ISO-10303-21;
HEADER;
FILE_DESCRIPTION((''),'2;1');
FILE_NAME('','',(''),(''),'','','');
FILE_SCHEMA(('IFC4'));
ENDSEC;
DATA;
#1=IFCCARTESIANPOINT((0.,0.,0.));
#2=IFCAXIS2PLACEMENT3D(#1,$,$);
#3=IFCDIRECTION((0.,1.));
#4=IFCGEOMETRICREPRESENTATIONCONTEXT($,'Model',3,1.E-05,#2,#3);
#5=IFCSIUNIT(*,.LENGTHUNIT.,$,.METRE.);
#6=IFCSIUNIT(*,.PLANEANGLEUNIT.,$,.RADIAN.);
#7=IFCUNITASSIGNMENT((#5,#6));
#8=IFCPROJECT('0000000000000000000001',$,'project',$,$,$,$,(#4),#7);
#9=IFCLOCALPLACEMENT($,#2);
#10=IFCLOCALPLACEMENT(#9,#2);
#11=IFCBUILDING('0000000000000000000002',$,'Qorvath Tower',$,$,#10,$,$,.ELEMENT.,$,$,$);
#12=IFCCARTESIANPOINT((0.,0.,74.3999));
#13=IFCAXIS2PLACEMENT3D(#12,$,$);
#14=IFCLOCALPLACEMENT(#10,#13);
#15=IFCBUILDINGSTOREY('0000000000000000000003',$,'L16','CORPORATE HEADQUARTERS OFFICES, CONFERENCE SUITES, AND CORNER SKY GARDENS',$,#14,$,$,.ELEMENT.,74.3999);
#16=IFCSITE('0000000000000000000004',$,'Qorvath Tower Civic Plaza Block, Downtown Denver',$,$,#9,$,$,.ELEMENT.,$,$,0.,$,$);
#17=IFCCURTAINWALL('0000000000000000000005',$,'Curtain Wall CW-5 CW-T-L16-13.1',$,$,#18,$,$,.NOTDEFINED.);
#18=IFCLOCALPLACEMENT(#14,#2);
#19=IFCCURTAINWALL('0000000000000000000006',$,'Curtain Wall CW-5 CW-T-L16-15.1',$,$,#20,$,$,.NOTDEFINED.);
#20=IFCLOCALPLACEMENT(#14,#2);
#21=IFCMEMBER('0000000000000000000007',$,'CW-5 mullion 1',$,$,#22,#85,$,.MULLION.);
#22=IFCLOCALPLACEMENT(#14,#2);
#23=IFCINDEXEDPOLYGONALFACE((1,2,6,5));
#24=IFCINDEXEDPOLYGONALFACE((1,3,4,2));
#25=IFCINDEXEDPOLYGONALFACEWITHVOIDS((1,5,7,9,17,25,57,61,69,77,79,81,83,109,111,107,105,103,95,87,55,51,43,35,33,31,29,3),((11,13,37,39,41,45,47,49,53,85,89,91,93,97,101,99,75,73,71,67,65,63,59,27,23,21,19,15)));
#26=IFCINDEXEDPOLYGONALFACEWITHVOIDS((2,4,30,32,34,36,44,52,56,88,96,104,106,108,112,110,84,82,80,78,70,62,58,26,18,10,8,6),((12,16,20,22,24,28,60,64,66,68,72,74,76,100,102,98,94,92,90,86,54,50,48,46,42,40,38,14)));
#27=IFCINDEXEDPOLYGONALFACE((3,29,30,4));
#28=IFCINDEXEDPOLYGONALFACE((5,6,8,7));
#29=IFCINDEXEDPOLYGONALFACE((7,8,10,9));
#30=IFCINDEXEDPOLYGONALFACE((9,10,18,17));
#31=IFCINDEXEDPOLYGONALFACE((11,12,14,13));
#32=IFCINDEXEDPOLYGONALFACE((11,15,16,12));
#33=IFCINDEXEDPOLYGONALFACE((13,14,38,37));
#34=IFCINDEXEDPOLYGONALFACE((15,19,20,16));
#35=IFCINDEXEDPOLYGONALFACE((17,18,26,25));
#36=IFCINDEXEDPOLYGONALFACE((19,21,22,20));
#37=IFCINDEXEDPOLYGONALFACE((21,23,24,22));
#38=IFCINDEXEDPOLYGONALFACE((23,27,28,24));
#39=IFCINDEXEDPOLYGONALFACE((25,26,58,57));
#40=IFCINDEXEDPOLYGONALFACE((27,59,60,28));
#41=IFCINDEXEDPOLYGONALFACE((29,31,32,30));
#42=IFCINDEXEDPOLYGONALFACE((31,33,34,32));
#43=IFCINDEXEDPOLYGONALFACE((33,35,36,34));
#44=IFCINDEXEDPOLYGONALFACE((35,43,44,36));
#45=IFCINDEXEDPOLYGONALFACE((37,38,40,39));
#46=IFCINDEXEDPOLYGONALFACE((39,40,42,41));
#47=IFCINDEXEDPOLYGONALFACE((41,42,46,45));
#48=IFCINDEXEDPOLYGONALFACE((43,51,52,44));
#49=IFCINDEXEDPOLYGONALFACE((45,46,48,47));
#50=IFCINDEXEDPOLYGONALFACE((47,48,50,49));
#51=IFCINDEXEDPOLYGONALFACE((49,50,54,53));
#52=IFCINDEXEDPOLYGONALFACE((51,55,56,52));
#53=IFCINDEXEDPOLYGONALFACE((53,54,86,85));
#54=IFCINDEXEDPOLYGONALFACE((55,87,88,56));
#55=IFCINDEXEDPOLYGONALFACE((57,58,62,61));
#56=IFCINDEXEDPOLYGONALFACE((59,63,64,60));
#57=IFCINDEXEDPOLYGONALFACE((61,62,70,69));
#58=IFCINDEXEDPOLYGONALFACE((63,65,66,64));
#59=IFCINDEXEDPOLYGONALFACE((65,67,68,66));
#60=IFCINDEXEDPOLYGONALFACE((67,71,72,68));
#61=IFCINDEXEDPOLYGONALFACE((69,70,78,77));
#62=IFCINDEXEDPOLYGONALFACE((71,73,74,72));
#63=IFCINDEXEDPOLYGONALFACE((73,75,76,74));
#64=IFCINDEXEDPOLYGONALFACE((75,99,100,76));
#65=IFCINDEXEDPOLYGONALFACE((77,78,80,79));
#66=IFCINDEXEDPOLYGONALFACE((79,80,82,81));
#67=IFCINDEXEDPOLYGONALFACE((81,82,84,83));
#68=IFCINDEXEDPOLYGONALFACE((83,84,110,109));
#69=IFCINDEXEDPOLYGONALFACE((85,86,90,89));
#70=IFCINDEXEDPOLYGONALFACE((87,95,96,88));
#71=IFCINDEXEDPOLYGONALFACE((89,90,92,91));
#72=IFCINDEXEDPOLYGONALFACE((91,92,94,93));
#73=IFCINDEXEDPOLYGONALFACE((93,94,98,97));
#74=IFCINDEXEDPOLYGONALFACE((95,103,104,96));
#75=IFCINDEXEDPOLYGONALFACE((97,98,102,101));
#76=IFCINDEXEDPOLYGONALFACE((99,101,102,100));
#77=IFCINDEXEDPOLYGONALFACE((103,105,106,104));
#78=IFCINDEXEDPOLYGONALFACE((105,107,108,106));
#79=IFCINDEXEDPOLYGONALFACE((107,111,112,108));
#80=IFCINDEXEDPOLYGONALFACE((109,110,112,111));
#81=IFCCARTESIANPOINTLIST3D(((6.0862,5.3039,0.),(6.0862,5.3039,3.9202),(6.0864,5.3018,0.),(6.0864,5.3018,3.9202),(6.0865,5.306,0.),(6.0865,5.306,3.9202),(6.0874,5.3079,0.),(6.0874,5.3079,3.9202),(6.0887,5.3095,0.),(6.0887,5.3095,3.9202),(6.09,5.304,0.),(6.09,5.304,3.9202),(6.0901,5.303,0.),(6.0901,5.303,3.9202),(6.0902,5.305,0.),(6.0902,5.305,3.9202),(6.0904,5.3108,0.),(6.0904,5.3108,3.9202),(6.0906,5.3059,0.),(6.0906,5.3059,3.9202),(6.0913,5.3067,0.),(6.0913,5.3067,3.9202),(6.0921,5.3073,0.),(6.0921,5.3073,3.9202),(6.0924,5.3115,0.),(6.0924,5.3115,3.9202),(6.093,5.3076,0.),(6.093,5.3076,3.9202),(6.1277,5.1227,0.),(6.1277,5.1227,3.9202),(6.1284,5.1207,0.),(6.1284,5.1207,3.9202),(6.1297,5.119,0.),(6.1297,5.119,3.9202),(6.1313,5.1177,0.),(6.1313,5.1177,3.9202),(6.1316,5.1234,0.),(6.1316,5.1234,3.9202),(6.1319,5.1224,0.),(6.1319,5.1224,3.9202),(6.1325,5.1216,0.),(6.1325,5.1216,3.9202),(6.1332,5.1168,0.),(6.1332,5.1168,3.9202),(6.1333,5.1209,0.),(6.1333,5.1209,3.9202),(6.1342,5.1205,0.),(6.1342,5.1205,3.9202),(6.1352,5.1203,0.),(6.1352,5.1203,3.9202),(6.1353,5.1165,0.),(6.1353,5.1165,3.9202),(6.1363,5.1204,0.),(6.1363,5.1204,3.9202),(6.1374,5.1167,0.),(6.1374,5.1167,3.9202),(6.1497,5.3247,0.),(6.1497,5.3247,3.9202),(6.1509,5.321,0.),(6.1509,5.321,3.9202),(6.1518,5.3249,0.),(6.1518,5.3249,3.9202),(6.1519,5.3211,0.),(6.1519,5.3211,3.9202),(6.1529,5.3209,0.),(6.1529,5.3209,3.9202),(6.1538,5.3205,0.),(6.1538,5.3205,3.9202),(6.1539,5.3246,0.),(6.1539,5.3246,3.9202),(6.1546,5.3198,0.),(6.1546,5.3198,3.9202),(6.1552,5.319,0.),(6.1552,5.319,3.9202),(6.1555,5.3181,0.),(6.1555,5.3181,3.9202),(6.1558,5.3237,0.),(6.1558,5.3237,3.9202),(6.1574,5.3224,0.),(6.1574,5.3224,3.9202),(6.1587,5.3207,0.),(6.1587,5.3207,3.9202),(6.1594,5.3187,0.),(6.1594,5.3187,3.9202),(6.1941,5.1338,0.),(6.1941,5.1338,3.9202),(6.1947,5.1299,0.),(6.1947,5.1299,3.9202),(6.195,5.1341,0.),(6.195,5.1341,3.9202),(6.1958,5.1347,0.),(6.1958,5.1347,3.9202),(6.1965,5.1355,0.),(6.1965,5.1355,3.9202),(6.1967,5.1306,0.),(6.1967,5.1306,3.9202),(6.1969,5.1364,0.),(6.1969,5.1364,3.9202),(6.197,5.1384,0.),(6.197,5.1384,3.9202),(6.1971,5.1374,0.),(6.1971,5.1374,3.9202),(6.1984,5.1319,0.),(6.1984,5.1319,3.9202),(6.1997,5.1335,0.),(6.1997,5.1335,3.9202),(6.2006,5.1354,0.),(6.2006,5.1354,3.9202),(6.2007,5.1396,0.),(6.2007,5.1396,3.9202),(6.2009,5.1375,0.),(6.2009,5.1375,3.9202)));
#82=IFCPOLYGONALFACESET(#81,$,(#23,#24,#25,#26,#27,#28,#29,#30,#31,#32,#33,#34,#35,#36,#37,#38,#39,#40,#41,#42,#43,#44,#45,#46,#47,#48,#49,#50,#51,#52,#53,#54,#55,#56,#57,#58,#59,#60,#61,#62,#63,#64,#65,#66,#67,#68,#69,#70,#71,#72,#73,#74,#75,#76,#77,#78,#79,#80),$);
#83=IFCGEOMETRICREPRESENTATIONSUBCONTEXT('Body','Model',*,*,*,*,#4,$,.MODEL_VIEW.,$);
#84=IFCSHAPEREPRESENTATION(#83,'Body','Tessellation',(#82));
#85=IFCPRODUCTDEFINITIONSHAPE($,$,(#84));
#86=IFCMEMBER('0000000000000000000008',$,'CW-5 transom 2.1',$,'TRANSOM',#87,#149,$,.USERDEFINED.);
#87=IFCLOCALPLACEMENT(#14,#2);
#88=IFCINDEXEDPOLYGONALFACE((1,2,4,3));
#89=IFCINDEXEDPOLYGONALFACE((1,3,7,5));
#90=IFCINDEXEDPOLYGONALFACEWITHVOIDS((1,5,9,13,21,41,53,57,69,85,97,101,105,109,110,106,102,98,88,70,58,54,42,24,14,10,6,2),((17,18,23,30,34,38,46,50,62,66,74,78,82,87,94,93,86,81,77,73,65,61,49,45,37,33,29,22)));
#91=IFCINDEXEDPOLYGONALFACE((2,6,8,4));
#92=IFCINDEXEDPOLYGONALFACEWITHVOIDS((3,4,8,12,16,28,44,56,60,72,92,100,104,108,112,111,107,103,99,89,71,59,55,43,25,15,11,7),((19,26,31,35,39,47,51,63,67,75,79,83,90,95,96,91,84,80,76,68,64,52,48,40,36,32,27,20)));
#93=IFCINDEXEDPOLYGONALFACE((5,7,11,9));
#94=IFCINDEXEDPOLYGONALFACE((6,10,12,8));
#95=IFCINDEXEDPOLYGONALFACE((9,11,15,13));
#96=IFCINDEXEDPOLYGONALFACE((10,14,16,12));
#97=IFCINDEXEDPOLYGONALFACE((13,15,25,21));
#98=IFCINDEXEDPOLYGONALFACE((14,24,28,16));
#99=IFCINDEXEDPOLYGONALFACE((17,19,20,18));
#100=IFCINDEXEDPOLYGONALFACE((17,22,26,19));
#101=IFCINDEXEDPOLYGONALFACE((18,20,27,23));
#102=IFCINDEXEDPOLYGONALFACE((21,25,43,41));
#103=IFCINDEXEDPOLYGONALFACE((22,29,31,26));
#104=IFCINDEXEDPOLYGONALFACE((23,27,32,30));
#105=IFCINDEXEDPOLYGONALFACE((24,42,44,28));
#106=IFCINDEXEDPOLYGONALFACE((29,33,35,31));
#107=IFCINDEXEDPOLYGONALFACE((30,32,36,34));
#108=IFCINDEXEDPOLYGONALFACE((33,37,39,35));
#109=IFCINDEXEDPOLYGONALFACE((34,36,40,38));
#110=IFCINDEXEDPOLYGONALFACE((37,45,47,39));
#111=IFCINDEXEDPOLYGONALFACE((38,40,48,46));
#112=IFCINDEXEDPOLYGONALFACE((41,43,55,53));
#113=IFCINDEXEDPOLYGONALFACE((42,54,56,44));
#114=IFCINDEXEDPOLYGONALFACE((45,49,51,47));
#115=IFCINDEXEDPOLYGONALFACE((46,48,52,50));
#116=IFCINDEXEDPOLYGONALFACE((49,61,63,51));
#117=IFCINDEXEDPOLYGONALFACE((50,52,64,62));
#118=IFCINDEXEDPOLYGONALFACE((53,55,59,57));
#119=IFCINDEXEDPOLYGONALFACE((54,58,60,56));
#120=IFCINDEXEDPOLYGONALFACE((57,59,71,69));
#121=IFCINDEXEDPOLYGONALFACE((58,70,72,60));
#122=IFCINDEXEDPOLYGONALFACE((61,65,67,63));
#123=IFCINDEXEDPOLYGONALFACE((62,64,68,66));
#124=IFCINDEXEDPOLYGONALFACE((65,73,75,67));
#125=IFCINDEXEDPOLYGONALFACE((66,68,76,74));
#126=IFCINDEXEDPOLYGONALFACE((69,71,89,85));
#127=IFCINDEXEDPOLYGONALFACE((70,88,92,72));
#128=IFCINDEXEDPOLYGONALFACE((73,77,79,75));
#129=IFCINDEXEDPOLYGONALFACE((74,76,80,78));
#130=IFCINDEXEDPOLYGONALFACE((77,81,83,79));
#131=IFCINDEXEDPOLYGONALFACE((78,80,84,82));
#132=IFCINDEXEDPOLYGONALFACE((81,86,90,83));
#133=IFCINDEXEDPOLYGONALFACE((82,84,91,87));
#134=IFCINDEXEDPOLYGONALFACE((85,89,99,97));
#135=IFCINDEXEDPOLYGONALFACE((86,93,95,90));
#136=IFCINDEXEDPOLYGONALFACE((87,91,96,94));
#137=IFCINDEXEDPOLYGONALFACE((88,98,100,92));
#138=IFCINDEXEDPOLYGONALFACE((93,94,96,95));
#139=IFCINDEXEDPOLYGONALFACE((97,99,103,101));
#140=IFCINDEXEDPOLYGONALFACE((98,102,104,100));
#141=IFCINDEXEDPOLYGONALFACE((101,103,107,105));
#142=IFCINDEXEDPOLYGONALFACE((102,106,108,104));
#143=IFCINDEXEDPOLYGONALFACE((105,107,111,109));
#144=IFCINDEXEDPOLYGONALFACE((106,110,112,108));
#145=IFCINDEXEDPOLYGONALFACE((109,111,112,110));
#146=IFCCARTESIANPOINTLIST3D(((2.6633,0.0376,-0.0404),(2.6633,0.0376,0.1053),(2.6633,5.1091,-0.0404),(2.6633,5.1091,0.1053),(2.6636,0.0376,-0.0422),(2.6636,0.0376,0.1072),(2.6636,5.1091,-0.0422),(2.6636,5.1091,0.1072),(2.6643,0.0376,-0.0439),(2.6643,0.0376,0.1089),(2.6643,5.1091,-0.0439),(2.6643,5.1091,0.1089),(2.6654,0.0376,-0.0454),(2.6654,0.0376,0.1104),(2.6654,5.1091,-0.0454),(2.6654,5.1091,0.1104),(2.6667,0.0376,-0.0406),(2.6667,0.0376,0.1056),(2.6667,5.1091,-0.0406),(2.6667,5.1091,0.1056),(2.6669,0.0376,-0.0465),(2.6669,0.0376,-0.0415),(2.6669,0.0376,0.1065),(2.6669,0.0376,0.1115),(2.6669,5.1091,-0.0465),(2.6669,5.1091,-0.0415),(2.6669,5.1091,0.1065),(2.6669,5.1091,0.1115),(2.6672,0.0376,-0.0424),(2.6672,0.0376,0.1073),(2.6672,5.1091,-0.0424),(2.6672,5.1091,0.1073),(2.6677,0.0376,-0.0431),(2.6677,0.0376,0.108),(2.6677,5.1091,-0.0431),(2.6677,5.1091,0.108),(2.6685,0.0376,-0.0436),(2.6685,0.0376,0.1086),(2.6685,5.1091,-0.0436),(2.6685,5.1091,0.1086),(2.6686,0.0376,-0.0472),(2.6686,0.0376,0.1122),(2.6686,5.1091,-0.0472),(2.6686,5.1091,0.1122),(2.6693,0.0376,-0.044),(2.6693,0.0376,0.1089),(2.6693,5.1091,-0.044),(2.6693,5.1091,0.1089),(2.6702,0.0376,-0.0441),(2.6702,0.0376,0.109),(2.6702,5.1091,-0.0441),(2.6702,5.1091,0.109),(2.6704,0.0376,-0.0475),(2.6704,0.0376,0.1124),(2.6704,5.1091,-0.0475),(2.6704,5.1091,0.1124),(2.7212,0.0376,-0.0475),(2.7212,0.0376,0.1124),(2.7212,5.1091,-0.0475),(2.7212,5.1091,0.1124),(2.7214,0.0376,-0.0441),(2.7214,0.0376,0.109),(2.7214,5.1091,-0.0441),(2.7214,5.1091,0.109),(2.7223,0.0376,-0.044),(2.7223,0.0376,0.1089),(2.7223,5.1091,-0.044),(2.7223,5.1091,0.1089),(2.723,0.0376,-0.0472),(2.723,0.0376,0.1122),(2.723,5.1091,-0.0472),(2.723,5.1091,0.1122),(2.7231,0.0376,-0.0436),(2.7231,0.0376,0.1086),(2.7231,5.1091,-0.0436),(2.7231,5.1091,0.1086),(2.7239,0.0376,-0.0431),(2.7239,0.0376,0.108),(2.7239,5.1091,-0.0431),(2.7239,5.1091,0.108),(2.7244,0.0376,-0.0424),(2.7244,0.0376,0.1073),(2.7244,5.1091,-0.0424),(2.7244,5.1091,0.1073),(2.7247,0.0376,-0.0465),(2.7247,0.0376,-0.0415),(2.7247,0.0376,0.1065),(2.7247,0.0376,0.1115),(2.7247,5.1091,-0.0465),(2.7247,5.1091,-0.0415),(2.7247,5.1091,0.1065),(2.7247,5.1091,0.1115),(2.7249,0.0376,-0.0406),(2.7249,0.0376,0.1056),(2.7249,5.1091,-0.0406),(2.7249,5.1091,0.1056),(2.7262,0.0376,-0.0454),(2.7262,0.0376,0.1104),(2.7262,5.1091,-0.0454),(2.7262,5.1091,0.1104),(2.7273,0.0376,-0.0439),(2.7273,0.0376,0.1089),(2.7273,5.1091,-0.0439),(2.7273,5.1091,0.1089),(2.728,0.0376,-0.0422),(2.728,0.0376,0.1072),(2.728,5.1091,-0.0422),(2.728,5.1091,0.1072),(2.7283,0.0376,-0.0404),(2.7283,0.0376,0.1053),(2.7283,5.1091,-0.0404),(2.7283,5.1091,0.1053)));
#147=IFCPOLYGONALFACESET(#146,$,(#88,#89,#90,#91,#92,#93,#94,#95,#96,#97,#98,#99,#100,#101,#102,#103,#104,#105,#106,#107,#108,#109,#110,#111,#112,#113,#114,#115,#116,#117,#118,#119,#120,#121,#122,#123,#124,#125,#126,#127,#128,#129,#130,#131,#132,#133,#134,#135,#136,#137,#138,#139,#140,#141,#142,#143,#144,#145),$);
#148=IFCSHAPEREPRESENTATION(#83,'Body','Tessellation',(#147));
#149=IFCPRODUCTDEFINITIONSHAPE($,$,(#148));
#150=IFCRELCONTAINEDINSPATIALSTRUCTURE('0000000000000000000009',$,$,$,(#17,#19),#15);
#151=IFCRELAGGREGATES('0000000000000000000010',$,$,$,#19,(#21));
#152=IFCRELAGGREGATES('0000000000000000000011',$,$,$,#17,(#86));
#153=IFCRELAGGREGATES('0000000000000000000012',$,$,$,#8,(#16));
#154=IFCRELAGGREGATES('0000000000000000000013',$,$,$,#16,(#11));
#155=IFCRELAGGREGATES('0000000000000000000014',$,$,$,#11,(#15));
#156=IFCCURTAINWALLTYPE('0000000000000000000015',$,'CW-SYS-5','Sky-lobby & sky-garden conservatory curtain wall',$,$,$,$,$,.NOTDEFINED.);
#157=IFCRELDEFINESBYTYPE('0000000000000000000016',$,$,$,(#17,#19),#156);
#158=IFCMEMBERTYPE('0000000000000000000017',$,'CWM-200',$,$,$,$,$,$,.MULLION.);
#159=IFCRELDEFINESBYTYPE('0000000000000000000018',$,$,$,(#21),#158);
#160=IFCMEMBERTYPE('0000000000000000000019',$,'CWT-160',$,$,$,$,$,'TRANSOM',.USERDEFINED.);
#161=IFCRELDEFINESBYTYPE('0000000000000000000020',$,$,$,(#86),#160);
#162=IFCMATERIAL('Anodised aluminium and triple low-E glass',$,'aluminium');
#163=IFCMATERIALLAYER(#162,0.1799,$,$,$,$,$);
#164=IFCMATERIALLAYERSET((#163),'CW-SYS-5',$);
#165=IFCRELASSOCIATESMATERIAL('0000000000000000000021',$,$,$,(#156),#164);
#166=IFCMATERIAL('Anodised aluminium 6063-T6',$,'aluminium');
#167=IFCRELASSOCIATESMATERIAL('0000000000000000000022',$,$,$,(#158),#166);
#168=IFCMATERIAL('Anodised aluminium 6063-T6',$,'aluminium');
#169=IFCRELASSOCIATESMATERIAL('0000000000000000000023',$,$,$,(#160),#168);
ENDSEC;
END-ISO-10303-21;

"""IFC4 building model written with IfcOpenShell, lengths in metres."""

from ifc_helpers import new_model, si_unit, direction, frame, origin, origin_2d, place, context, subcontext, project, spatial, hollow_rectangle, extrude, material, layer, layer_set, material_profile, profile_set, type_object, element, aggregate, save


model = new_model("IFC4")

# Units and contexts
model_context = context("Model", 3, precision=1e-05, world=origin(), true_north=direction((0.0, 1.0)))
body_context = subcontext(model_context, "Body", "Model", "MODEL_VIEW")
ifc_project = project(units=[si_unit("LENGTHUNIT", "METRE"), si_unit("PLANEANGLEUNIT", "RADIAN")], contexts=[model_context])

# Site, building, storey
site_placement = place(None, origin())
site = spatial("IfcSite", under=ifc_project, at=site_placement, Name="Qorvath Tower Civic Plaza Block, Downtown Denver", CompositionType="ELEMENT", RefElevation=0.0)
building_placement = place(site_placement, origin())
building = spatial("IfcBuilding", under=site, at=building_placement, Name="Qorvath Tower", CompositionType="ELEMENT")
storey_placement = place(building_placement, frame((0.0, 0.0, 74.3999)))
storey = spatial("IfcBuildingStorey", under=building, at=storey_placement, Name="L16", Description="CORPORATE HEADQUARTERS OFFICES, CONFERENCE SUITES, AND CORNER SKY GARDENS", CompositionType="ELEMENT", Elevation=74.3999)

# Curtain wall
ifc_material_1 = material(Name="Anodised aluminium and triple low-E glass", Category="aluminium")
ifc_layer_1 = layer(ifc_material_1, 0.1799)
ifc_layer_set_1 = layer_set([ifc_layer_1], Name="CW-SYS-5")
curtain_wall_type = type_object("IfcCurtainWallType", Name="CW-SYS-5", Description="Sky-lobby & sky-garden conservatory curtain wall", PredefinedType="NOTDEFINED", material=ifc_layer_set_1)
curtain_wall_1_placement = place(storey_placement, origin())
curtain_wall_1 = element("IfcCurtainWall", 1, at=curtain_wall_1_placement, inside=storey, type_object=curtain_wall_type, Name="Curtain Wall CW-5 CW-T-L16-13.1", PredefinedType="NOTDEFINED")
ifc_material_2 = material(Name="Anodised aluminium 6063-T6", Category="aluminium")
ifc_material_profile_1 = material_profile(ifc_material_2, hollow_rectangle(XDim=0.075, YDim=0.2, WallThickness=0.0039, InnerFilletRadius=0.0039, OuterFilletRadius=0.0081, at=origin_2d()), Name="CWM 200x75")
ifc_profile_set_1 = profile_set([ifc_material_profile_1], Name="Anodised aluminium 6063-T6")
member_type_1 = type_object("IfcMemberType", Name="CWM-200", PredefinedType="MULLION", material=ifc_profile_set_1)

# Curtain wall, member
curtain_wall_2_placement = place(storey_placement, origin())
curtain_wall_2 = element("IfcCurtainWall", 2, at=curtain_wall_2_placement, inside=storey, type_object=curtain_wall_type, Name="Curtain Wall CW-5 CW-T-L16-15.1", PredefinedType="NOTDEFINED")
member_1_placement = place(storey_placement, frame((6.1436, 5.2207, 0.0), z_axis=(0.0, 0.0, 1.0), x_axis=(-0.974388, -0.224872, 0.0)))
member_1 = element("IfcMember", 3, at=member_1_placement, type_object=member_type_1, Name="CW-5 mullion 1", PredefinedType="MULLION", context=body_context, shape_type="SweptSolid", body=[
    extrude(hollow_rectangle(XDim=0.075, YDim=0.2, WallThickness=0.0039, InnerFilletRadius=0.0039, OuterFilletRadius=0.0081, at=origin_2d()), origin(), (0.0, 0.0, 1.0), 3.9202),
])

# Member
ifc_material_3 = material(Name="Anodised aluminium 6063-T6", Category="aluminium")
ifc_material_profile_2 = material_profile(ifc_material_3, hollow_rectangle(XDim=0.0649, YDim=0.1599, WallThickness=0.0034, InnerFilletRadius=0.0034, OuterFilletRadius=0.0071, at=origin_2d()), Name="CWT 160x65")
ifc_profile_set_2 = profile_set([ifc_material_profile_2], Name="Anodised aluminium 6063-T6")
member_type_2 = type_object("IfcMemberType", Name="CWT-160", ElementType="TRANSOM", PredefinedType="USERDEFINED", material=ifc_profile_set_2)
member_2_placement = place(storey_placement, frame((2.6958, 0.0376, 0.0325), z_axis=(0.0, 1.0, 0.0), x_axis=(-1.0, 0.0, 0.0)))
member_2 = element("IfcMember", 4, at=member_2_placement, type_object=member_type_2, Name="CW-5 transom 2.1", ObjectType="TRANSOM", PredefinedType="USERDEFINED", context=body_context, shape_type="SweptSolid", body=[
    extrude(hollow_rectangle(XDim=0.0649, YDim=0.1599, WallThickness=0.0034, InnerFilletRadius=0.0034, OuterFilletRadius=0.0071, at=origin_2d()), origin(), (0.0, 0.0, 1.0), 5.0715),
])
aggregate(curtain_wall_2, [member_1])

aggregate(curtain_wall_1, [member_2])

save(model, "model.ifc")
